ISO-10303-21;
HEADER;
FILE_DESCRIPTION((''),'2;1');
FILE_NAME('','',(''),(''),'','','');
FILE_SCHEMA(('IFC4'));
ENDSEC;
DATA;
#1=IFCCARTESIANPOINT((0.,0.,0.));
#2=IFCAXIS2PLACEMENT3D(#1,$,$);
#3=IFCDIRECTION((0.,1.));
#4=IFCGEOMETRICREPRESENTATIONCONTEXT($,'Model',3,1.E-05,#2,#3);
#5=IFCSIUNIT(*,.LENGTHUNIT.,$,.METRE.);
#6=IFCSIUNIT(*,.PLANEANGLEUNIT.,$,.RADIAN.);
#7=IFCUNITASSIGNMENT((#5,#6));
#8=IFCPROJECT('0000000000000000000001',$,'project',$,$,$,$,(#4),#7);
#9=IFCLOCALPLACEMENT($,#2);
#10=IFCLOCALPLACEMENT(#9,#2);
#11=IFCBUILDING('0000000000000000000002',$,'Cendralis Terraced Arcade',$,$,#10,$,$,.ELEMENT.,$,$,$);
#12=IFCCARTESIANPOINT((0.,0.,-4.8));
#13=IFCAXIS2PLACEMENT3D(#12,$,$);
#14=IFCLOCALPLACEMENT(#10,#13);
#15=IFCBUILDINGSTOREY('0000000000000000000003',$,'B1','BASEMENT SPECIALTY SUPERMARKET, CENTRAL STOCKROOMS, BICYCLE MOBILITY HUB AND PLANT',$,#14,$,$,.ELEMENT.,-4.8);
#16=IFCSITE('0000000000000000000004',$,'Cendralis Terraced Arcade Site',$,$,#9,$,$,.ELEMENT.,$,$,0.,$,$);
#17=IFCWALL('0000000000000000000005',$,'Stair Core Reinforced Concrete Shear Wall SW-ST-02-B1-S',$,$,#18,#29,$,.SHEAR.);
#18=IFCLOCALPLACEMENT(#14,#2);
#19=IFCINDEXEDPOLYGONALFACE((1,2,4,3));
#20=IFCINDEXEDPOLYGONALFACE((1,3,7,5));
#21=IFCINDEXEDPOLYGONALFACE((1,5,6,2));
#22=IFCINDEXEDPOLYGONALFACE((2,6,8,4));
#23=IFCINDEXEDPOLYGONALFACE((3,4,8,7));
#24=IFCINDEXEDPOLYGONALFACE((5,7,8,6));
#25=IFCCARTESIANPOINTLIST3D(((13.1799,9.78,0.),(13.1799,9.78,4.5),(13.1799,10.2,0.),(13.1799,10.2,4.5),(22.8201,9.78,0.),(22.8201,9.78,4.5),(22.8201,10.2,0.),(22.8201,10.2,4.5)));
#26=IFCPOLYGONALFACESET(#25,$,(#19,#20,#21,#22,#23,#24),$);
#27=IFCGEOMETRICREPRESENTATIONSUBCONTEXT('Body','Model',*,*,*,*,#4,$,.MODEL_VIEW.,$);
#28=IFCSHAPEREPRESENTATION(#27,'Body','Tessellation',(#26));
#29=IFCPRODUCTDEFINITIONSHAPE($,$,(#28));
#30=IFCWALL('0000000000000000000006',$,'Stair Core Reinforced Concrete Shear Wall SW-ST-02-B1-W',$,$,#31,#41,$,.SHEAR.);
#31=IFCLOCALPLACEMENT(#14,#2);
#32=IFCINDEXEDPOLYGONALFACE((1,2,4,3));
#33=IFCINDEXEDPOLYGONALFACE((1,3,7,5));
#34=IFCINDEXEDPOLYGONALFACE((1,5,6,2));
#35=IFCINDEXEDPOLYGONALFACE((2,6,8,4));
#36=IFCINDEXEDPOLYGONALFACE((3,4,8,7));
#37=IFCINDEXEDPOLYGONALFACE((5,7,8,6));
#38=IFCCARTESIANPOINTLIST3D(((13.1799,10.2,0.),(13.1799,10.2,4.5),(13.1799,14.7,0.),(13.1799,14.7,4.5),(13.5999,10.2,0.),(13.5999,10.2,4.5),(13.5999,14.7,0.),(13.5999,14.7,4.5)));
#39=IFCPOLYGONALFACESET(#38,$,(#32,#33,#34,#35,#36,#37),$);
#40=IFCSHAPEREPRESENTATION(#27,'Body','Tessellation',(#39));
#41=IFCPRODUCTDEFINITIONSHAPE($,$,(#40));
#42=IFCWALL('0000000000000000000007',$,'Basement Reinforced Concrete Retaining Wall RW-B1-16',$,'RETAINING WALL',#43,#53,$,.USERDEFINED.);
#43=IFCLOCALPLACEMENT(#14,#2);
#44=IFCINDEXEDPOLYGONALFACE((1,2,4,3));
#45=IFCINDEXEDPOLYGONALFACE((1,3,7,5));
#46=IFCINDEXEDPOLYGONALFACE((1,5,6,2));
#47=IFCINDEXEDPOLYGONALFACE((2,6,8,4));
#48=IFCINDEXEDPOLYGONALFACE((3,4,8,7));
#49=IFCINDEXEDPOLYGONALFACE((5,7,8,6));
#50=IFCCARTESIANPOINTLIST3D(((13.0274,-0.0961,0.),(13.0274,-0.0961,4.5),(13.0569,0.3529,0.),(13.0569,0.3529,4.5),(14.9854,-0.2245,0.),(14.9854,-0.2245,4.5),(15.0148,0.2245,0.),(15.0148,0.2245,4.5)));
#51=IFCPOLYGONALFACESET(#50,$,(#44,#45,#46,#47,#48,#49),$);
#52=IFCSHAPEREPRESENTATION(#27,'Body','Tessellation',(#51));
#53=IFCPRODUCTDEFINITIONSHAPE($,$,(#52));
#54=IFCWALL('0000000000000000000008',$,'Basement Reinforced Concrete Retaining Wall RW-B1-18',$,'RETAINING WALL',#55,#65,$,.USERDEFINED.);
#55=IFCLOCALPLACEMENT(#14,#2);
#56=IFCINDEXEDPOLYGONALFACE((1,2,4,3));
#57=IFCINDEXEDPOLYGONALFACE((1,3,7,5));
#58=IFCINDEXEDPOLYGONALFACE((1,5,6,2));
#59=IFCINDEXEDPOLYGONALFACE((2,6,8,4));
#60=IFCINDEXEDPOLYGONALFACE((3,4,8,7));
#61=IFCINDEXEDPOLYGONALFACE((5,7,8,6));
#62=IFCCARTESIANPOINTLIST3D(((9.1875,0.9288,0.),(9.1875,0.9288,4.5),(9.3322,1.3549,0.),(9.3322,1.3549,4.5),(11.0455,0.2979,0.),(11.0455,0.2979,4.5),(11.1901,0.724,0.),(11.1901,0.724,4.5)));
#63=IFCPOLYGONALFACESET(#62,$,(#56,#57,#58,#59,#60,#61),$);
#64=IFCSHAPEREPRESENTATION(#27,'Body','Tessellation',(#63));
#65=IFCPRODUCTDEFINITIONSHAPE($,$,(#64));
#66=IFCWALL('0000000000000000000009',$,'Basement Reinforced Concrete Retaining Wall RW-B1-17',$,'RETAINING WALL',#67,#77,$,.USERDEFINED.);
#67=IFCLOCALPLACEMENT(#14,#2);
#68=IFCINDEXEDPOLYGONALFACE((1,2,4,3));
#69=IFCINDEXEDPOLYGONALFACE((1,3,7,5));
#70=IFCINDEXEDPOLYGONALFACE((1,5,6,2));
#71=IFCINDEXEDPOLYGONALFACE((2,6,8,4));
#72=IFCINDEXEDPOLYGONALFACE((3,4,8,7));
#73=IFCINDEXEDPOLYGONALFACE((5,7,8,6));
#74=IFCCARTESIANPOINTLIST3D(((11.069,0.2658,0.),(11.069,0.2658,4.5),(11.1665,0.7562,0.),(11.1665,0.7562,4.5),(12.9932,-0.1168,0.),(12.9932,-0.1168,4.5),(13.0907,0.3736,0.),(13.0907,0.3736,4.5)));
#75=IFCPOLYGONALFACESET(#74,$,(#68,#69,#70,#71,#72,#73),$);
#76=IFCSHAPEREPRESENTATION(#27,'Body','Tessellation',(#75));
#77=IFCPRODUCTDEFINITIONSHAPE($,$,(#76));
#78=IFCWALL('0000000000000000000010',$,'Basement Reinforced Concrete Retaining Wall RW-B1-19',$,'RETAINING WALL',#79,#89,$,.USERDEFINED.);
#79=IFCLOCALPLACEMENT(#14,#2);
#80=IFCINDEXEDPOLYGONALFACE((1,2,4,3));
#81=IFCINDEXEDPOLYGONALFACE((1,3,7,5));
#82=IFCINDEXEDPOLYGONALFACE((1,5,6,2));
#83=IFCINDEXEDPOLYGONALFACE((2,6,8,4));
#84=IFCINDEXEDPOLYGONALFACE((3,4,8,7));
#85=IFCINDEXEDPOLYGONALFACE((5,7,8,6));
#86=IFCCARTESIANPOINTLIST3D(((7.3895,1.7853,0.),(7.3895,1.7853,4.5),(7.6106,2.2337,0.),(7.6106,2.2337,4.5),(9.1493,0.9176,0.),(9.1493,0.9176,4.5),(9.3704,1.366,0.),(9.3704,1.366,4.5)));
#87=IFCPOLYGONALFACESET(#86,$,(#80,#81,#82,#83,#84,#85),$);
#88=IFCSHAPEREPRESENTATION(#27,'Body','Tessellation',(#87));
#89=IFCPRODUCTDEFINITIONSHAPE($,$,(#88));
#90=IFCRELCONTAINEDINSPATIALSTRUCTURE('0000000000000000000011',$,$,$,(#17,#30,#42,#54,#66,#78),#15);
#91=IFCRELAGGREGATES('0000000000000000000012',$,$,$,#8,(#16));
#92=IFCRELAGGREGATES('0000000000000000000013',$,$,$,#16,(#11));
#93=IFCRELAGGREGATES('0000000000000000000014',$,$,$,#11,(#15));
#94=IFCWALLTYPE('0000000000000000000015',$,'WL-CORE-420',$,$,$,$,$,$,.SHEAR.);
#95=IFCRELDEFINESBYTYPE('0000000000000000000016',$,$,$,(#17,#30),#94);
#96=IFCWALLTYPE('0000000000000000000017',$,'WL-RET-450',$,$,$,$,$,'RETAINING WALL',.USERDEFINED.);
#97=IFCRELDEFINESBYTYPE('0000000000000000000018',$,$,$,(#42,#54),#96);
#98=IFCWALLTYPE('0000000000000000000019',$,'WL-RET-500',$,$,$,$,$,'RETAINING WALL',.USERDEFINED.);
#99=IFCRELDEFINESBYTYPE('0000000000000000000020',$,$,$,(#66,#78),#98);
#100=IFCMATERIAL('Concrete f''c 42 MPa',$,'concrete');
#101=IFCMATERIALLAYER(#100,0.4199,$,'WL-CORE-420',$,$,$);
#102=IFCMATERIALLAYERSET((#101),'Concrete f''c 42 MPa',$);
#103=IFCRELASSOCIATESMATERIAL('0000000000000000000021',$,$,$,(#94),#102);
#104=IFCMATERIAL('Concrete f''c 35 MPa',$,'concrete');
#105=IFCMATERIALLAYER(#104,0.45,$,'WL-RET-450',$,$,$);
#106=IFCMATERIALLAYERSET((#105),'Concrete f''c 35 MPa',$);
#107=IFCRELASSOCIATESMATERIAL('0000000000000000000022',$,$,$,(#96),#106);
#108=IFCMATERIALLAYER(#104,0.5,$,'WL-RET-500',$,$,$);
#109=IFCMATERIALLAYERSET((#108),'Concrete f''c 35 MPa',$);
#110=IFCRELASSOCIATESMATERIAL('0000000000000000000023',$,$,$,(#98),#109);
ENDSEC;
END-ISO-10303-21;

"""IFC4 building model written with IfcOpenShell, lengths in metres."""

from ifc_helpers import new_model, si_unit, direction, frame, frame_2d, origin, place, context, subcontext, project, spatial, rectangle, extrude, material, layer, layer_set, type_object, element, save


model = new_model("IFC4")

# Units and contexts
model_context = context("Model", 3, precision=1e-05, world=origin(), true_north=direction((0.0, 1.0)))
body_context = subcontext(model_context, "Body", "Model", "MODEL_VIEW")
ifc_project = project(units=[si_unit("LENGTHUNIT", "METRE"), si_unit("PLANEANGLEUNIT", "RADIAN")], contexts=[model_context])

# Site, building, storey
site_placement = place(None, origin())
site = spatial("IfcSite", under=ifc_project, at=site_placement, Name="Cendralis Terraced Arcade Site", CompositionType="ELEMENT", RefElevation=0.0)
building_placement = place(site_placement, origin())
building = spatial("IfcBuilding", under=site, at=building_placement, Name="Cendralis Terraced Arcade", CompositionType="ELEMENT")
storey_placement = place(building_placement, frame((0.0, 0.0, -4.8)))
storey = spatial("IfcBuildingStorey", under=building, at=storey_placement, Name="B1", Description="BASEMENT SPECIALTY SUPERMARKET, CENTRAL STOCKROOMS, BICYCLE MOBILITY HUB AND PLANT", CompositionType="ELEMENT", Elevation=-4.8)

# Shared definitions
ifc_material_1 = material(Name="Concrete f'c 35 MPa", Category="concrete")

# Shared definitions
ifc_material_2 = material(Name="Concrete f'c 42 MPa", Category="concrete")

# Walls
ifc_layer_1 = layer(ifc_material_2, 0.4199, Name="WL-CORE-420")
ifc_layer_set_1 = layer_set([ifc_layer_1], Name="Concrete f'c 42 MPa")
wall_type_1 = type_object("IfcWallType", Name="WL-CORE-420", PredefinedType="SHEAR", material=ifc_layer_set_1)
wall_1_placement = place(storey_placement, frame((13.1799, 9.99, 0.0), z_axis=(0.0, 0.0, 1.0), x_axis=(1.0, 0.0, 0.0)))
element("IfcWall", 1, at=wall_1_placement, inside=storey, type_object=wall_type_1, Name="Stair Core Reinforced Concrete Shear Wall SW-ST-02-B1-S", PredefinedType="SHEAR", context=body_context, shape_type="SweptSolid", body=[
    extrude(rectangle(XDim=9.6401, YDim=0.4199, at=frame_2d((4.8201, 0.0))), origin(), (0.0, 0.0, 1.0), 4.5),
])
wall_2_placement = place(storey_placement, frame((13.3899, 10.2, 0.0), z_axis=(0.0, 0.0, 1.0), x_axis=(0.0, 1.0, 0.0)))
element("IfcWall", 2, at=wall_2_placement, inside=storey, type_object=wall_type_1, Name="Stair Core Reinforced Concrete Shear Wall SW-ST-02-B1-W", PredefinedType="SHEAR", context=body_context, shape_type="SweptSolid", body=[
    extrude(rectangle(XDim=4.5, YDim=0.4199, at=frame_2d((2.25, 0.0))), origin(), (0.0, 0.0, 1.0), 4.5),
])
ifc_layer_2 = layer(ifc_material_1, 0.45, Name="WL-RET-450")
ifc_layer_set_2 = layer_set([ifc_layer_2], Name="Concrete f'c 35 MPa")
wall_type_2 = type_object("IfcWallType", Name="WL-RET-450", ElementType="RETAINING WALL", PredefinedType="USERDEFINED", material=ifc_layer_set_2)
for number, where, z_axis, x_axis, name in (
    (3, (15.0, 0.0, 0.0), (0.0, 0.0, 1.0), (-0.997856, 0.065445, 0.0), "Basement Reinforced Concrete Retaining Wall RW-B1-16"),
    (4, (11.1177, 0.511, 0.0), (0.0, 0.0, 1.0), (-0.946902, 0.321523, 0.0), "Basement Reinforced Concrete Retaining Wall RW-B1-18"),
):
    element("IfcWall", number, at=place(storey_placement, frame(where, z_axis=z_axis, x_axis=x_axis)), inside=storey, type_object=wall_type_2, Name=name, ObjectType="RETAINING WALL", PredefinedType="USERDEFINED", context=body_context, shape_type="SweptSolid", body=[
        extrude(rectangle(XDim=1.9622, YDim=0.45, at=frame_2d((0.981, 0.0))), origin(), (0.0, 0.0, 1.0), 4.5),
    ])
ifc_layer_3 = layer(ifc_material_1, 0.5, Name="WL-RET-500")
ifc_layer_set_3 = layer_set([ifc_layer_3], Name="Concrete f'c 35 MPa")
wall_type_3 = type_object("IfcWallType", Name="WL-RET-500", ElementType="RETAINING WALL", PredefinedType="USERDEFINED", material=ifc_layer_set_3)
wall_3_placement = place(storey_placement, frame((13.042, 0.1284, 0.0), z_axis=(0.0, 0.0, 1.0), x_axis=(-0.980805, 0.194991, 0.0)))
element("IfcWall", 5, at=wall_3_placement, inside=storey, type_object=wall_type_3, Name="Basement Reinforced Concrete Retaining Wall RW-B1-17", ObjectType="RETAINING WALL", PredefinedType="USERDEFINED", context=body_context, shape_type="SweptSolid", body=[
    extrude(rectangle(XDim=1.9619, YDim=0.5, at=frame_2d((0.981, 0.0))), origin(), (0.0, 0.0, 1.0), 4.5),
])
wall_4_placement = place(storey_placement, frame((9.2598, 1.1418, 0.0), z_axis=(0.0, 0.0, 1.0), x_axis=(-0.896902, 0.442229, 0.0)))
element("IfcWall", 6, at=wall_4_placement, inside=storey, type_object=wall_type_3, Name="Basement Reinforced Concrete Retaining Wall RW-B1-19", ObjectType="RETAINING WALL", PredefinedType="USERDEFINED", context=body_context, shape_type="SweptSolid", body=[
    extrude(rectangle(XDim=1.9622, YDim=0.5, at=frame_2d((0.981, 0.0))), origin(), (0.0, 0.0, 1.0), 4.5),
])

save(model, "model.ifc")
